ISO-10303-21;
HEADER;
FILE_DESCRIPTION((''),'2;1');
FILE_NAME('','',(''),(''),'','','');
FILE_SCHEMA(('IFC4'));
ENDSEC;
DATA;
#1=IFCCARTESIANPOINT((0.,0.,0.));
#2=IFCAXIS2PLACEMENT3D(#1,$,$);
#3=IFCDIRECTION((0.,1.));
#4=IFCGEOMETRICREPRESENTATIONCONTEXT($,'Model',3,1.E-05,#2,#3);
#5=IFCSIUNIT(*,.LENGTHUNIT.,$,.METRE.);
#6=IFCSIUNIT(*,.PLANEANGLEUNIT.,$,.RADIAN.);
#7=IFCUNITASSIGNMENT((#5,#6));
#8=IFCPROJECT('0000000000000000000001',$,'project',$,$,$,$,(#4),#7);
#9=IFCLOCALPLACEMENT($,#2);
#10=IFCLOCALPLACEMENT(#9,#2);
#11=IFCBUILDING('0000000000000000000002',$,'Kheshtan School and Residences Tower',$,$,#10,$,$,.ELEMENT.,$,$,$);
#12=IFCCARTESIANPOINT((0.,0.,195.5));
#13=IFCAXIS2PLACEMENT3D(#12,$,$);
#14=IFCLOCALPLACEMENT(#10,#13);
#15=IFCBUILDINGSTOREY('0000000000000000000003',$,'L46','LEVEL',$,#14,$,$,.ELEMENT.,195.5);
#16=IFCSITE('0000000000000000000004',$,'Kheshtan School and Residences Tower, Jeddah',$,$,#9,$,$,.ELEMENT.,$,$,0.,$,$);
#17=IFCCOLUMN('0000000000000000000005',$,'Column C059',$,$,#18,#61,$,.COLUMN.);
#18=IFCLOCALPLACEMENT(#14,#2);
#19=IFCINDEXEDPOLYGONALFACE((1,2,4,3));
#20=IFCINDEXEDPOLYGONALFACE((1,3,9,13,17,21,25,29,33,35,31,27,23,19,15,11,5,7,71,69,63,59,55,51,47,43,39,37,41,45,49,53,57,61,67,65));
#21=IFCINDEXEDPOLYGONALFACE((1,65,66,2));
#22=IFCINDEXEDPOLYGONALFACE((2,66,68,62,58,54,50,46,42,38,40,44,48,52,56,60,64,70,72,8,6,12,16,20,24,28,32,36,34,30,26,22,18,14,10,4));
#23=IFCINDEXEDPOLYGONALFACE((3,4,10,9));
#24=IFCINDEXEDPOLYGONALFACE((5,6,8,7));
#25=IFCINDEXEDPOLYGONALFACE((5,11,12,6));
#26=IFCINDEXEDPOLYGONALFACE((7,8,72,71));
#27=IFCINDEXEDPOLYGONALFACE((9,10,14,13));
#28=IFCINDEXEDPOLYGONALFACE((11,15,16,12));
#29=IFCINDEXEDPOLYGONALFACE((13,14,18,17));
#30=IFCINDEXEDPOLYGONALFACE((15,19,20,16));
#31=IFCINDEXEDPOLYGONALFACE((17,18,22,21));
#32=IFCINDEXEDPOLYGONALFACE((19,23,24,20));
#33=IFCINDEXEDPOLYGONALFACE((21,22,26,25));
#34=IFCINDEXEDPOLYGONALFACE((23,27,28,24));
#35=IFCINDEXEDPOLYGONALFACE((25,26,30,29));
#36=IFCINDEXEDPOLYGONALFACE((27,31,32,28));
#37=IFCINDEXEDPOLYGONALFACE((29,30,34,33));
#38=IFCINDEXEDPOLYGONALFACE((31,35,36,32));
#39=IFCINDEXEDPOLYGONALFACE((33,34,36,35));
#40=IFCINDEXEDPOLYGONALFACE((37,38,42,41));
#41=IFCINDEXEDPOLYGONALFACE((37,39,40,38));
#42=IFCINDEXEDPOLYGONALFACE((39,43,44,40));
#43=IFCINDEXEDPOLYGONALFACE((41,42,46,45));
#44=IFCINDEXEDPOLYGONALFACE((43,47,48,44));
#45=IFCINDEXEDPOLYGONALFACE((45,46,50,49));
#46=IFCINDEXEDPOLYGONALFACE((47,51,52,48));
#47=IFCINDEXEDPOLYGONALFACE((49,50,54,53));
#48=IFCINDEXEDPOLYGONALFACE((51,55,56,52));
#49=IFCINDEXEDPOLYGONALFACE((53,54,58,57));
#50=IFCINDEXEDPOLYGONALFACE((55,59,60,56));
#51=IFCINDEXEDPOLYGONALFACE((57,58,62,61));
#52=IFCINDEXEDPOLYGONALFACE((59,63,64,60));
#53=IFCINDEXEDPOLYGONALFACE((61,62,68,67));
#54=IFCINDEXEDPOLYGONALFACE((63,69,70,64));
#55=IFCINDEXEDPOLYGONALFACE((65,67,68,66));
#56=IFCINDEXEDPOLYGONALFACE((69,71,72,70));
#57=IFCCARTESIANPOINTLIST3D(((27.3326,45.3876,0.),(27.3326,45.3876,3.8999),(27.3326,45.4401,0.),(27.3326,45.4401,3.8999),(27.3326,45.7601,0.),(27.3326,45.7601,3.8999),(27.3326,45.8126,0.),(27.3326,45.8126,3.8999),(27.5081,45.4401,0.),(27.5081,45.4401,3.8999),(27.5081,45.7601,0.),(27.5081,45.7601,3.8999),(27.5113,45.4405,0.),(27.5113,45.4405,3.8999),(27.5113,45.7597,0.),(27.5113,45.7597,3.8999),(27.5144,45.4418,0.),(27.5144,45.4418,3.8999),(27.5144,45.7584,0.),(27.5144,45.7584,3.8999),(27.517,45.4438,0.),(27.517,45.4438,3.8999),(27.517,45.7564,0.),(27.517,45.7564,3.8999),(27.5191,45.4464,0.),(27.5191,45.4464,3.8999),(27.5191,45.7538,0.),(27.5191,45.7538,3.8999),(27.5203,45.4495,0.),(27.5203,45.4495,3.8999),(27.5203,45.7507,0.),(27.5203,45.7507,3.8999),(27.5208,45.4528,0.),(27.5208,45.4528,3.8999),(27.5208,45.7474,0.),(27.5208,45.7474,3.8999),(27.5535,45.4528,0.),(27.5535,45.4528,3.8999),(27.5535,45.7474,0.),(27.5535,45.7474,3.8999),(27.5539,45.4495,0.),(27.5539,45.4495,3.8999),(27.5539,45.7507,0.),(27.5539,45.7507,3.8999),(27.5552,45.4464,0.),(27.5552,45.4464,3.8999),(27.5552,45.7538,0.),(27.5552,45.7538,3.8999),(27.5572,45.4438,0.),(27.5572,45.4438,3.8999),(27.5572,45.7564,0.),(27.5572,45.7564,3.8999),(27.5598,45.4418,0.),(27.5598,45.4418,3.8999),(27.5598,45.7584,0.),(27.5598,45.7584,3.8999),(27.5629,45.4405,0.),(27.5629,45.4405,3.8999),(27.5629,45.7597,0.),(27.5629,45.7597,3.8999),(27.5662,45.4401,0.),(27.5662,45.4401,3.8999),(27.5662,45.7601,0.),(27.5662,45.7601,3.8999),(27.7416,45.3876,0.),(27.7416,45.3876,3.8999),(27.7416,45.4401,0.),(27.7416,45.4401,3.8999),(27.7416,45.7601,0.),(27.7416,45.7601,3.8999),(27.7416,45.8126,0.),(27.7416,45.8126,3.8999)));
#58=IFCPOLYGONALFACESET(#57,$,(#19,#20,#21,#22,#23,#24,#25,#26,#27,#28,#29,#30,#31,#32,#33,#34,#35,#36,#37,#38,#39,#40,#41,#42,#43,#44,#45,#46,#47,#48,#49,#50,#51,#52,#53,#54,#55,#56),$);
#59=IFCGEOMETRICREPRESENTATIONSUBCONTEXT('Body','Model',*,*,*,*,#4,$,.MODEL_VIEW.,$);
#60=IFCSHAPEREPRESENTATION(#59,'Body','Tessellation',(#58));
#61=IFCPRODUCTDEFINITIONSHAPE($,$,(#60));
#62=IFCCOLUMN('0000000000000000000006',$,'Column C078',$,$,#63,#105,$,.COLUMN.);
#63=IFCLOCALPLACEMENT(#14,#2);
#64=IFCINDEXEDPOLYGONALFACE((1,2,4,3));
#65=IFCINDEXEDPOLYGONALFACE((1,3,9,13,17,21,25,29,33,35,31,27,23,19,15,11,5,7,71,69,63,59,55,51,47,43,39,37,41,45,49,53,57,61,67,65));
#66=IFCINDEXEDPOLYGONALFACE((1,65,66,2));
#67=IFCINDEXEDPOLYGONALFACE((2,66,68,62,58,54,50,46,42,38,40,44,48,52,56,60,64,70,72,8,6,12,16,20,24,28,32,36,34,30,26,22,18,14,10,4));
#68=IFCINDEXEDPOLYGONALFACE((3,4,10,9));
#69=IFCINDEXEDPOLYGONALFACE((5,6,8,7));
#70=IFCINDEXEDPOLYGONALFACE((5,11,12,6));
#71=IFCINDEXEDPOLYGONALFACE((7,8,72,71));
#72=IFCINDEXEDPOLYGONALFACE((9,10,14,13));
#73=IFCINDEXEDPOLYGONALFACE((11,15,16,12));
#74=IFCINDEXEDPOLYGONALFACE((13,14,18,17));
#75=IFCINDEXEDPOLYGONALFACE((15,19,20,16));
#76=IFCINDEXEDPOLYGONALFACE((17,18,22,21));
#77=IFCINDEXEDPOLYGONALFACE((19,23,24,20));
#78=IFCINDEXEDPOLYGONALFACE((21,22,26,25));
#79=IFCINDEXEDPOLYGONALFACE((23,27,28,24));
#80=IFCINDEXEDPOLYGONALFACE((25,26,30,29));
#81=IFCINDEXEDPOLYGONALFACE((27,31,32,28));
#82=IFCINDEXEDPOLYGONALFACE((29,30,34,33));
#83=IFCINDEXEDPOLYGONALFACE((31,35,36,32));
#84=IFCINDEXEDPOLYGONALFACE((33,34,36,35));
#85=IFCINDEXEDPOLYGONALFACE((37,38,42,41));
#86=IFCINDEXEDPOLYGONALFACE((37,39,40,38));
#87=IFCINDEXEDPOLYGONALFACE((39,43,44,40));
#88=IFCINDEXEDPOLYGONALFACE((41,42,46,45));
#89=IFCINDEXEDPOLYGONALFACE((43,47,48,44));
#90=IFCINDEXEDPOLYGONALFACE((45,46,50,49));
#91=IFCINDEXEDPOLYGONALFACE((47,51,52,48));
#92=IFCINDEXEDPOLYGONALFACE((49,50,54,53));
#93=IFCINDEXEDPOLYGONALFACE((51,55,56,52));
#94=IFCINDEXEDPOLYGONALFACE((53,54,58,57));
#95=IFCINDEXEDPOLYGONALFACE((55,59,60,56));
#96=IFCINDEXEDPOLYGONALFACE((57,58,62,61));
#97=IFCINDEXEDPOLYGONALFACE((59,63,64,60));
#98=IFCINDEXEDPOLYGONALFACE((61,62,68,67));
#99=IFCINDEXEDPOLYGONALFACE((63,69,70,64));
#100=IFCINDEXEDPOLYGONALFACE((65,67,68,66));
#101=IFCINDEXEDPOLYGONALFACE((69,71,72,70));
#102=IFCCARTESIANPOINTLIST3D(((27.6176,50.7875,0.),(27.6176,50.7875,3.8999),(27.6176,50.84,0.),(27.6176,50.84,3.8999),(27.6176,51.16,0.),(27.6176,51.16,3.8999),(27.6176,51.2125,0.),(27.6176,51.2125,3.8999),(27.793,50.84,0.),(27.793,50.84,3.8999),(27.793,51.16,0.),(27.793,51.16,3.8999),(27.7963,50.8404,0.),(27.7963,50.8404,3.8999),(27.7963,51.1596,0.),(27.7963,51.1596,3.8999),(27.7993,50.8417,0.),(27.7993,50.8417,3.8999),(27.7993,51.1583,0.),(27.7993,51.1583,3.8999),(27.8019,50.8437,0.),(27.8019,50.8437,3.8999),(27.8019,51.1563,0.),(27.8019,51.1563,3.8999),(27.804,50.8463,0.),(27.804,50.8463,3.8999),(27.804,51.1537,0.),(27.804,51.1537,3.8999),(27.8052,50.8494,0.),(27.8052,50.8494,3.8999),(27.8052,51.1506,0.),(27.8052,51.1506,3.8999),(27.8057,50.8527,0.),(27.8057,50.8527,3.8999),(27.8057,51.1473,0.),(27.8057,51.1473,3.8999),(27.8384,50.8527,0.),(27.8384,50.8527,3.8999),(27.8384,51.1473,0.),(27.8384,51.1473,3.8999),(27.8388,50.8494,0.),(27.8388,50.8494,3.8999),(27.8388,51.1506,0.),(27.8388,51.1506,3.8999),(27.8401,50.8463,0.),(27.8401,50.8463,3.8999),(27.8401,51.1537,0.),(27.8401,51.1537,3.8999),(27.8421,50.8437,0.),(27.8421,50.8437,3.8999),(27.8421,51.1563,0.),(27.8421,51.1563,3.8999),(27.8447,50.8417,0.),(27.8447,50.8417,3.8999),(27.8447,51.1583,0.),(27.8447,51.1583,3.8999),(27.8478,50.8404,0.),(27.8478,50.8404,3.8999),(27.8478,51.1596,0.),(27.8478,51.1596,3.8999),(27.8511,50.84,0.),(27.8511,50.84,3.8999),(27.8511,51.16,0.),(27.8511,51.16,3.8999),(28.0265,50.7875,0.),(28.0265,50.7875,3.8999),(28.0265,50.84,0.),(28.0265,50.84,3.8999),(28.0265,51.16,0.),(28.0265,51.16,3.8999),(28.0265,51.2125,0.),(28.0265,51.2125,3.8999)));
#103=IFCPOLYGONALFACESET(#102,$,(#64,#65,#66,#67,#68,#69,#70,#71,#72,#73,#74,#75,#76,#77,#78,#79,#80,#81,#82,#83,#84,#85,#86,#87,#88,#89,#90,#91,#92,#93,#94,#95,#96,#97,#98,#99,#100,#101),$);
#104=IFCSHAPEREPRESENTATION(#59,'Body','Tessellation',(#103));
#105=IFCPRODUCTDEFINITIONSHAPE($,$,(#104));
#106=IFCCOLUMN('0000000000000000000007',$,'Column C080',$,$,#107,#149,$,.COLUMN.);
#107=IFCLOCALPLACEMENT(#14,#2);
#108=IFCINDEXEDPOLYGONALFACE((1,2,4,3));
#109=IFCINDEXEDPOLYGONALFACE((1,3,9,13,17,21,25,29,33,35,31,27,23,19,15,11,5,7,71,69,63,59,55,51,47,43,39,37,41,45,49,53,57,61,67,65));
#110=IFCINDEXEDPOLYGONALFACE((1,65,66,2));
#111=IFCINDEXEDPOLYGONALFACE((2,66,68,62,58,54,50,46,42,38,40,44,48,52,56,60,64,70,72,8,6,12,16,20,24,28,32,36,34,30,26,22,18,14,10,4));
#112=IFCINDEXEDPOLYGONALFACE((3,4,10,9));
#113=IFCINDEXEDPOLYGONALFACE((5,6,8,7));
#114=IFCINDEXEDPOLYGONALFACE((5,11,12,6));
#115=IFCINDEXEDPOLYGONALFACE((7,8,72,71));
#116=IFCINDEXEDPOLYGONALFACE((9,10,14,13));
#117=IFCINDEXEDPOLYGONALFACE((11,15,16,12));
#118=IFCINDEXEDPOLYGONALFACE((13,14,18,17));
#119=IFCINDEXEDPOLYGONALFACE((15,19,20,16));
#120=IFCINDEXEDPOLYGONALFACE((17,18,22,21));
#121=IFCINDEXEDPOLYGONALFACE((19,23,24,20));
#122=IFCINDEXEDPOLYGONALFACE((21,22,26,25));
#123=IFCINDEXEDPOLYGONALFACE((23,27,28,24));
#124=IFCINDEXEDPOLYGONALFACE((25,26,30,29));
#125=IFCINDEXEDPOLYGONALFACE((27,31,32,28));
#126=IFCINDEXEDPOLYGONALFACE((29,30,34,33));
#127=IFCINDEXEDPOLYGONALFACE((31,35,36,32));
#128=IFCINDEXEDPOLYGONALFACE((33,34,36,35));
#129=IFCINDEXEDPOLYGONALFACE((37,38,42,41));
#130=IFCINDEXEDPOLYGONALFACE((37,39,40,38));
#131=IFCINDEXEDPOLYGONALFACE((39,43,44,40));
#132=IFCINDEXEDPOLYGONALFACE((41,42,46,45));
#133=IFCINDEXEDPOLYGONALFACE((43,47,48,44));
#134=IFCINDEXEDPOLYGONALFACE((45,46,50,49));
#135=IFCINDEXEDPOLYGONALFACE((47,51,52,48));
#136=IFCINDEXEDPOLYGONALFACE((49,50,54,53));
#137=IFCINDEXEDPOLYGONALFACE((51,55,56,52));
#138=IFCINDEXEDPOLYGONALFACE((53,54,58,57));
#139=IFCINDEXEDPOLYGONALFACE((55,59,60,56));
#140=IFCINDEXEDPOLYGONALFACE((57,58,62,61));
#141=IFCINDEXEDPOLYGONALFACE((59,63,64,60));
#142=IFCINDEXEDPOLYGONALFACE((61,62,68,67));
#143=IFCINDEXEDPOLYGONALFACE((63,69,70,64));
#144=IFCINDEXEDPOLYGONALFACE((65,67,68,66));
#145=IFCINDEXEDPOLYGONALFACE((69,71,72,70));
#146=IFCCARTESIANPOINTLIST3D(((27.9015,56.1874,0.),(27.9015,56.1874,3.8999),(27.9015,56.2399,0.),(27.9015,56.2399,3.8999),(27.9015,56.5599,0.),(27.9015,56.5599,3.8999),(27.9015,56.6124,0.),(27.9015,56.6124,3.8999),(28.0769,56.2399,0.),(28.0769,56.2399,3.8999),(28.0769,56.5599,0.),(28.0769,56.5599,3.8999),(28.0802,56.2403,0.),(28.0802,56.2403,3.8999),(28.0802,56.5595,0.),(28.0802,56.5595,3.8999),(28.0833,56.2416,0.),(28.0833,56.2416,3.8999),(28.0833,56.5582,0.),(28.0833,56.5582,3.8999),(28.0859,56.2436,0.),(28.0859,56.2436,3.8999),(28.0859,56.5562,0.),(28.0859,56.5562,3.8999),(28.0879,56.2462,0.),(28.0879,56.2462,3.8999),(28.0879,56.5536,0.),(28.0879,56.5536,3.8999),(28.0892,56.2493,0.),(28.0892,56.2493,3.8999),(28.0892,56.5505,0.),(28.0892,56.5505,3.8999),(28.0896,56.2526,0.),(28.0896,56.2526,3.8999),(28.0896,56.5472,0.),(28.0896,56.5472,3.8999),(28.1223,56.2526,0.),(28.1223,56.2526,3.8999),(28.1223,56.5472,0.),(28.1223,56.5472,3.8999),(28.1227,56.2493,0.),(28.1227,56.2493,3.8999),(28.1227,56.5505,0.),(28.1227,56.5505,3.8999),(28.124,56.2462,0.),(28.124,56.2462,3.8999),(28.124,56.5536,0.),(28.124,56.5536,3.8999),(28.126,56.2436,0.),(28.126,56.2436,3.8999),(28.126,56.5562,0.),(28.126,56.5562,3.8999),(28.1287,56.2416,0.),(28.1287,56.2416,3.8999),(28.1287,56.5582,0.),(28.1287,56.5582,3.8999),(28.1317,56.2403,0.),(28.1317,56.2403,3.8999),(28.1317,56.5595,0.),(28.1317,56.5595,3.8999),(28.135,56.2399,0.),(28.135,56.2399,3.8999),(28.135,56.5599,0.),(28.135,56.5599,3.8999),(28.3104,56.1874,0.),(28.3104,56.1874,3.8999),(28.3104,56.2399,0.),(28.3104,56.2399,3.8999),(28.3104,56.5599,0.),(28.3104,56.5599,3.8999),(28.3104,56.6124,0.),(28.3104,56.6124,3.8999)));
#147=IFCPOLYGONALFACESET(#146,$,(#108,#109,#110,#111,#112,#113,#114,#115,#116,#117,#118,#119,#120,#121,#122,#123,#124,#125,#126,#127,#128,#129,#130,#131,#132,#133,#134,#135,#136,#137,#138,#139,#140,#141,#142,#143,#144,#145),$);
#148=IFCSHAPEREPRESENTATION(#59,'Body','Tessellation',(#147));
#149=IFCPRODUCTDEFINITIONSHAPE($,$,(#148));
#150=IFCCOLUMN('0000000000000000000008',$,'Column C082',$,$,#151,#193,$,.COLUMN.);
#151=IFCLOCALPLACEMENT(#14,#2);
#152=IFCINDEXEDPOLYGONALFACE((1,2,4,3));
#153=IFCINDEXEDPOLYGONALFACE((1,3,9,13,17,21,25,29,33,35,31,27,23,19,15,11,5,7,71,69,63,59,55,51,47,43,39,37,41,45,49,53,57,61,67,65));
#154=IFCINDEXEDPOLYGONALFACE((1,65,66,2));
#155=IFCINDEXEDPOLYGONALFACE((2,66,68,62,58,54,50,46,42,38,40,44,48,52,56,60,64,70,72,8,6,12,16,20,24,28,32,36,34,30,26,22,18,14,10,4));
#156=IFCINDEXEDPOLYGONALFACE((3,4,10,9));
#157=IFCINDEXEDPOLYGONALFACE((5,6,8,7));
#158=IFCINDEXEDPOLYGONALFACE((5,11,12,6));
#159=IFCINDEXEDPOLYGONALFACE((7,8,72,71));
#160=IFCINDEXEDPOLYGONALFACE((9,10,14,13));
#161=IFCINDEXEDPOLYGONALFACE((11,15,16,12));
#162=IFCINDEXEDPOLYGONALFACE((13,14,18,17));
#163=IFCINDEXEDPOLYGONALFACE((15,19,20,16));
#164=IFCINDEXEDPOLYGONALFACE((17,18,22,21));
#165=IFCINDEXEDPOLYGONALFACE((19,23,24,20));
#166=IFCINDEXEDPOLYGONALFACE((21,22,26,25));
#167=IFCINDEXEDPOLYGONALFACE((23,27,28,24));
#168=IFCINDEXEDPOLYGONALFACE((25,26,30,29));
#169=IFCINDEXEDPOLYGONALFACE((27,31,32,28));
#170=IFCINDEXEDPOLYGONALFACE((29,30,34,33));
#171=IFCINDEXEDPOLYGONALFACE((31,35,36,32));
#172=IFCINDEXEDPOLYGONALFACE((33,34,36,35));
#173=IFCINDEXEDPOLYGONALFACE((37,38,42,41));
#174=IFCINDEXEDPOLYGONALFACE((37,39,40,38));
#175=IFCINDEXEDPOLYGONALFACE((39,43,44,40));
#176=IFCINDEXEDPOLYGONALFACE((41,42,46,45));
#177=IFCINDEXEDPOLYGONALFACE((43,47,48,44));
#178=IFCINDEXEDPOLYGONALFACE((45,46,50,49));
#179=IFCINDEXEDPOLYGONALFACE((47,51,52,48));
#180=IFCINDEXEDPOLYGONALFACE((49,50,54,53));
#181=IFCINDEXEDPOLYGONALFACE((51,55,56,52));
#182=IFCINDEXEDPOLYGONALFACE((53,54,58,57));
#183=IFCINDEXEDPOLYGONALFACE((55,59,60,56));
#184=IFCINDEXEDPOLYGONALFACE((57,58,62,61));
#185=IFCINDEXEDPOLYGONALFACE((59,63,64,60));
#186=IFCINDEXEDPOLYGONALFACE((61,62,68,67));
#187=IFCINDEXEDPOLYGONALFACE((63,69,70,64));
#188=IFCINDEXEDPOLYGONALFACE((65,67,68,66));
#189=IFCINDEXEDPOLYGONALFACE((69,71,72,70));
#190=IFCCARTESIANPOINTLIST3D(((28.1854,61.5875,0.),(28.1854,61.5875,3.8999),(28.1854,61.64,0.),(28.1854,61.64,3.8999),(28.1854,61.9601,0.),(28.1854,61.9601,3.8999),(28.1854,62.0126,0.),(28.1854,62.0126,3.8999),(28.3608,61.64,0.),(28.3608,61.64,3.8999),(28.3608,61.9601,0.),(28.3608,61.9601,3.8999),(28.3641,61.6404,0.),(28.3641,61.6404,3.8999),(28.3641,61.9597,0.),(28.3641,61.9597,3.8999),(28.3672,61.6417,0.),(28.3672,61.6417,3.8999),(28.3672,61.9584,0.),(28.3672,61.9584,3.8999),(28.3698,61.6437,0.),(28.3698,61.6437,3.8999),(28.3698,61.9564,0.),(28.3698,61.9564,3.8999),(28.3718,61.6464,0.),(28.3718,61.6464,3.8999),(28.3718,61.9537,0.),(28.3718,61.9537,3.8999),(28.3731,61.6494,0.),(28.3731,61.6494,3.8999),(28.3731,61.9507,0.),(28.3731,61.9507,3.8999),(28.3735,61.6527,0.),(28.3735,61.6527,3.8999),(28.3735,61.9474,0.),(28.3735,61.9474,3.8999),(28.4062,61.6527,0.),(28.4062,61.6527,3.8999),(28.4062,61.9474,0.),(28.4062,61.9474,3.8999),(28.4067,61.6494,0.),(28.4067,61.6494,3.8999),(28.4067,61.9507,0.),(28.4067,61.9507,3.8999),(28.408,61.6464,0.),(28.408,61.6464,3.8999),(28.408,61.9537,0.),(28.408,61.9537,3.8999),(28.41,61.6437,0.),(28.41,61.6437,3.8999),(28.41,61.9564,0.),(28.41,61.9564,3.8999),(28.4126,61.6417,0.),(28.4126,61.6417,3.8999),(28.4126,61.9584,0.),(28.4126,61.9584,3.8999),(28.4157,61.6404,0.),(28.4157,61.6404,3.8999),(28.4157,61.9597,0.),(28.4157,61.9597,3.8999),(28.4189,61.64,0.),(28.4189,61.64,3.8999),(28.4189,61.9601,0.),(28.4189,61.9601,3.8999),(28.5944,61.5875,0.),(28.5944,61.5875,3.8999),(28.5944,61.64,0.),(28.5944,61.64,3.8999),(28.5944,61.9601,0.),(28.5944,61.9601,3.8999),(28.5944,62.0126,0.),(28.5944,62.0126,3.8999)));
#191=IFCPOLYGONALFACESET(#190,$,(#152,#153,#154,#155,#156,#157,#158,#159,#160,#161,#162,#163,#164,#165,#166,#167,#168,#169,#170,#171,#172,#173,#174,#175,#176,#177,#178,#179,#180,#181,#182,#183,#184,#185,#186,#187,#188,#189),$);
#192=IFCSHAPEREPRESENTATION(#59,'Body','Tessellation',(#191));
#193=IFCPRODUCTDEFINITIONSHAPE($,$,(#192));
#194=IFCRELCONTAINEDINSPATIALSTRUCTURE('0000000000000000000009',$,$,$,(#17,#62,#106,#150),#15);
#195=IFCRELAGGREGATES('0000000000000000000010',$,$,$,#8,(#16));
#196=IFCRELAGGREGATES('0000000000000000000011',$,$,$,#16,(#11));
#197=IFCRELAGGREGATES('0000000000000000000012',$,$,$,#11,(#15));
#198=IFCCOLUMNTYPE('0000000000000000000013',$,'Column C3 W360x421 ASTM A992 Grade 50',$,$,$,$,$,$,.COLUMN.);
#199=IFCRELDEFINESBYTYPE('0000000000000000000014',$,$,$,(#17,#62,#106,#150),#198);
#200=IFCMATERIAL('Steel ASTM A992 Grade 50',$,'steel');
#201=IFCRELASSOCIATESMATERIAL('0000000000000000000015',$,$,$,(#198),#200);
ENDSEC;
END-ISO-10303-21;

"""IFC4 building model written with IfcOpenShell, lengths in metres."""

from ifc_helpers import new_model, si_unit, direction, frame, origin, origin_2d, place, context, subcontext, project, spatial, i_section, extrude, material, material_profile, profile_set, type_object, element, save


model = new_model("IFC4")

# Units and contexts
model_context = context("Model", 3, precision=1e-05, world=origin(), true_north=direction((0.0, 1.0)))
body_context = subcontext(model_context, "Body", "Model", "MODEL_VIEW")
ifc_project = project(units=[si_unit("LENGTHUNIT", "METRE"), si_unit("PLANEANGLEUNIT", "RADIAN")], contexts=[model_context])

# Site, building, storey
site_placement = place(None, origin())
site = spatial("IfcSite", under=ifc_project, at=site_placement, Name="Kheshtan School and Residences Tower, Jeddah", CompositionType="ELEMENT", RefElevation=0.0)
building_placement = place(site_placement, origin())
building = spatial("IfcBuilding", under=site, at=building_placement, Name="Kheshtan School and Residences Tower", CompositionType="ELEMENT")
storey_placement = place(building_placement, frame((0.0, 0.0, 195.5)))
storey = spatial("IfcBuildingStorey", under=building, at=storey_placement, Name="L46", Description="LEVEL", CompositionType="ELEMENT", Elevation=195.5)

# Columns
ifc_material_1 = material(Name="Steel ASTM A992 Grade 50", Category="steel")
ifc_material_profile_1 = material_profile(ifc_material_1, i_section(OverallWidth=0.4089, OverallDepth=0.425, WebThickness=0.0327, FlangeThickness=0.0525, FilletRadius=0.0127, at=origin_2d()), Name="W360x421")
ifc_profile_set_1 = profile_set([ifc_material_profile_1], Name="Steel ASTM A992 Grade 50")
column_type = type_object("IfcColumnType", Name="Column C3 W360x421 ASTM A992 Grade 50", PredefinedType="COLUMN", material=ifc_profile_set_1)
for number, where, z_axis, x_axis, name in (
    (1, (27.5371, 45.6001, 0.0), (0.0, 0.0, 1.0), (1.0, 0.0, 0.0), "Column C059"),
    (2, (27.822, 51.0, 0.0), (0.0, 0.0, 1.0), (1.0, 0.0, 0.0), "Column C078"),
    (3, (28.106, 56.3999, 0.0), (0.0, 0.0, 1.0), (1.0, 0.0, 0.0), "Column C080"),
    (4, (28.3899, 61.8, 0.0), (0.0, 0.0, 1.0), (1.0, 0.0, 0.0), "Column C082"),
):
    element("IfcColumn", number, at=place(storey_placement, frame(where, z_axis=z_axis, x_axis=x_axis)), inside=storey, type_object=column_type, Name=name, PredefinedType="COLUMN", context=body_context, shape_type="SweptSolid", body=[
        extrude(i_section(OverallWidth=0.4089, OverallDepth=0.425, WebThickness=0.0327, FlangeThickness=0.0525, FilletRadius=0.0127, at=origin_2d()), origin(), (0.0, 0.0, 1.0), 3.8999),
    ])

save(model, "model.ifc")
